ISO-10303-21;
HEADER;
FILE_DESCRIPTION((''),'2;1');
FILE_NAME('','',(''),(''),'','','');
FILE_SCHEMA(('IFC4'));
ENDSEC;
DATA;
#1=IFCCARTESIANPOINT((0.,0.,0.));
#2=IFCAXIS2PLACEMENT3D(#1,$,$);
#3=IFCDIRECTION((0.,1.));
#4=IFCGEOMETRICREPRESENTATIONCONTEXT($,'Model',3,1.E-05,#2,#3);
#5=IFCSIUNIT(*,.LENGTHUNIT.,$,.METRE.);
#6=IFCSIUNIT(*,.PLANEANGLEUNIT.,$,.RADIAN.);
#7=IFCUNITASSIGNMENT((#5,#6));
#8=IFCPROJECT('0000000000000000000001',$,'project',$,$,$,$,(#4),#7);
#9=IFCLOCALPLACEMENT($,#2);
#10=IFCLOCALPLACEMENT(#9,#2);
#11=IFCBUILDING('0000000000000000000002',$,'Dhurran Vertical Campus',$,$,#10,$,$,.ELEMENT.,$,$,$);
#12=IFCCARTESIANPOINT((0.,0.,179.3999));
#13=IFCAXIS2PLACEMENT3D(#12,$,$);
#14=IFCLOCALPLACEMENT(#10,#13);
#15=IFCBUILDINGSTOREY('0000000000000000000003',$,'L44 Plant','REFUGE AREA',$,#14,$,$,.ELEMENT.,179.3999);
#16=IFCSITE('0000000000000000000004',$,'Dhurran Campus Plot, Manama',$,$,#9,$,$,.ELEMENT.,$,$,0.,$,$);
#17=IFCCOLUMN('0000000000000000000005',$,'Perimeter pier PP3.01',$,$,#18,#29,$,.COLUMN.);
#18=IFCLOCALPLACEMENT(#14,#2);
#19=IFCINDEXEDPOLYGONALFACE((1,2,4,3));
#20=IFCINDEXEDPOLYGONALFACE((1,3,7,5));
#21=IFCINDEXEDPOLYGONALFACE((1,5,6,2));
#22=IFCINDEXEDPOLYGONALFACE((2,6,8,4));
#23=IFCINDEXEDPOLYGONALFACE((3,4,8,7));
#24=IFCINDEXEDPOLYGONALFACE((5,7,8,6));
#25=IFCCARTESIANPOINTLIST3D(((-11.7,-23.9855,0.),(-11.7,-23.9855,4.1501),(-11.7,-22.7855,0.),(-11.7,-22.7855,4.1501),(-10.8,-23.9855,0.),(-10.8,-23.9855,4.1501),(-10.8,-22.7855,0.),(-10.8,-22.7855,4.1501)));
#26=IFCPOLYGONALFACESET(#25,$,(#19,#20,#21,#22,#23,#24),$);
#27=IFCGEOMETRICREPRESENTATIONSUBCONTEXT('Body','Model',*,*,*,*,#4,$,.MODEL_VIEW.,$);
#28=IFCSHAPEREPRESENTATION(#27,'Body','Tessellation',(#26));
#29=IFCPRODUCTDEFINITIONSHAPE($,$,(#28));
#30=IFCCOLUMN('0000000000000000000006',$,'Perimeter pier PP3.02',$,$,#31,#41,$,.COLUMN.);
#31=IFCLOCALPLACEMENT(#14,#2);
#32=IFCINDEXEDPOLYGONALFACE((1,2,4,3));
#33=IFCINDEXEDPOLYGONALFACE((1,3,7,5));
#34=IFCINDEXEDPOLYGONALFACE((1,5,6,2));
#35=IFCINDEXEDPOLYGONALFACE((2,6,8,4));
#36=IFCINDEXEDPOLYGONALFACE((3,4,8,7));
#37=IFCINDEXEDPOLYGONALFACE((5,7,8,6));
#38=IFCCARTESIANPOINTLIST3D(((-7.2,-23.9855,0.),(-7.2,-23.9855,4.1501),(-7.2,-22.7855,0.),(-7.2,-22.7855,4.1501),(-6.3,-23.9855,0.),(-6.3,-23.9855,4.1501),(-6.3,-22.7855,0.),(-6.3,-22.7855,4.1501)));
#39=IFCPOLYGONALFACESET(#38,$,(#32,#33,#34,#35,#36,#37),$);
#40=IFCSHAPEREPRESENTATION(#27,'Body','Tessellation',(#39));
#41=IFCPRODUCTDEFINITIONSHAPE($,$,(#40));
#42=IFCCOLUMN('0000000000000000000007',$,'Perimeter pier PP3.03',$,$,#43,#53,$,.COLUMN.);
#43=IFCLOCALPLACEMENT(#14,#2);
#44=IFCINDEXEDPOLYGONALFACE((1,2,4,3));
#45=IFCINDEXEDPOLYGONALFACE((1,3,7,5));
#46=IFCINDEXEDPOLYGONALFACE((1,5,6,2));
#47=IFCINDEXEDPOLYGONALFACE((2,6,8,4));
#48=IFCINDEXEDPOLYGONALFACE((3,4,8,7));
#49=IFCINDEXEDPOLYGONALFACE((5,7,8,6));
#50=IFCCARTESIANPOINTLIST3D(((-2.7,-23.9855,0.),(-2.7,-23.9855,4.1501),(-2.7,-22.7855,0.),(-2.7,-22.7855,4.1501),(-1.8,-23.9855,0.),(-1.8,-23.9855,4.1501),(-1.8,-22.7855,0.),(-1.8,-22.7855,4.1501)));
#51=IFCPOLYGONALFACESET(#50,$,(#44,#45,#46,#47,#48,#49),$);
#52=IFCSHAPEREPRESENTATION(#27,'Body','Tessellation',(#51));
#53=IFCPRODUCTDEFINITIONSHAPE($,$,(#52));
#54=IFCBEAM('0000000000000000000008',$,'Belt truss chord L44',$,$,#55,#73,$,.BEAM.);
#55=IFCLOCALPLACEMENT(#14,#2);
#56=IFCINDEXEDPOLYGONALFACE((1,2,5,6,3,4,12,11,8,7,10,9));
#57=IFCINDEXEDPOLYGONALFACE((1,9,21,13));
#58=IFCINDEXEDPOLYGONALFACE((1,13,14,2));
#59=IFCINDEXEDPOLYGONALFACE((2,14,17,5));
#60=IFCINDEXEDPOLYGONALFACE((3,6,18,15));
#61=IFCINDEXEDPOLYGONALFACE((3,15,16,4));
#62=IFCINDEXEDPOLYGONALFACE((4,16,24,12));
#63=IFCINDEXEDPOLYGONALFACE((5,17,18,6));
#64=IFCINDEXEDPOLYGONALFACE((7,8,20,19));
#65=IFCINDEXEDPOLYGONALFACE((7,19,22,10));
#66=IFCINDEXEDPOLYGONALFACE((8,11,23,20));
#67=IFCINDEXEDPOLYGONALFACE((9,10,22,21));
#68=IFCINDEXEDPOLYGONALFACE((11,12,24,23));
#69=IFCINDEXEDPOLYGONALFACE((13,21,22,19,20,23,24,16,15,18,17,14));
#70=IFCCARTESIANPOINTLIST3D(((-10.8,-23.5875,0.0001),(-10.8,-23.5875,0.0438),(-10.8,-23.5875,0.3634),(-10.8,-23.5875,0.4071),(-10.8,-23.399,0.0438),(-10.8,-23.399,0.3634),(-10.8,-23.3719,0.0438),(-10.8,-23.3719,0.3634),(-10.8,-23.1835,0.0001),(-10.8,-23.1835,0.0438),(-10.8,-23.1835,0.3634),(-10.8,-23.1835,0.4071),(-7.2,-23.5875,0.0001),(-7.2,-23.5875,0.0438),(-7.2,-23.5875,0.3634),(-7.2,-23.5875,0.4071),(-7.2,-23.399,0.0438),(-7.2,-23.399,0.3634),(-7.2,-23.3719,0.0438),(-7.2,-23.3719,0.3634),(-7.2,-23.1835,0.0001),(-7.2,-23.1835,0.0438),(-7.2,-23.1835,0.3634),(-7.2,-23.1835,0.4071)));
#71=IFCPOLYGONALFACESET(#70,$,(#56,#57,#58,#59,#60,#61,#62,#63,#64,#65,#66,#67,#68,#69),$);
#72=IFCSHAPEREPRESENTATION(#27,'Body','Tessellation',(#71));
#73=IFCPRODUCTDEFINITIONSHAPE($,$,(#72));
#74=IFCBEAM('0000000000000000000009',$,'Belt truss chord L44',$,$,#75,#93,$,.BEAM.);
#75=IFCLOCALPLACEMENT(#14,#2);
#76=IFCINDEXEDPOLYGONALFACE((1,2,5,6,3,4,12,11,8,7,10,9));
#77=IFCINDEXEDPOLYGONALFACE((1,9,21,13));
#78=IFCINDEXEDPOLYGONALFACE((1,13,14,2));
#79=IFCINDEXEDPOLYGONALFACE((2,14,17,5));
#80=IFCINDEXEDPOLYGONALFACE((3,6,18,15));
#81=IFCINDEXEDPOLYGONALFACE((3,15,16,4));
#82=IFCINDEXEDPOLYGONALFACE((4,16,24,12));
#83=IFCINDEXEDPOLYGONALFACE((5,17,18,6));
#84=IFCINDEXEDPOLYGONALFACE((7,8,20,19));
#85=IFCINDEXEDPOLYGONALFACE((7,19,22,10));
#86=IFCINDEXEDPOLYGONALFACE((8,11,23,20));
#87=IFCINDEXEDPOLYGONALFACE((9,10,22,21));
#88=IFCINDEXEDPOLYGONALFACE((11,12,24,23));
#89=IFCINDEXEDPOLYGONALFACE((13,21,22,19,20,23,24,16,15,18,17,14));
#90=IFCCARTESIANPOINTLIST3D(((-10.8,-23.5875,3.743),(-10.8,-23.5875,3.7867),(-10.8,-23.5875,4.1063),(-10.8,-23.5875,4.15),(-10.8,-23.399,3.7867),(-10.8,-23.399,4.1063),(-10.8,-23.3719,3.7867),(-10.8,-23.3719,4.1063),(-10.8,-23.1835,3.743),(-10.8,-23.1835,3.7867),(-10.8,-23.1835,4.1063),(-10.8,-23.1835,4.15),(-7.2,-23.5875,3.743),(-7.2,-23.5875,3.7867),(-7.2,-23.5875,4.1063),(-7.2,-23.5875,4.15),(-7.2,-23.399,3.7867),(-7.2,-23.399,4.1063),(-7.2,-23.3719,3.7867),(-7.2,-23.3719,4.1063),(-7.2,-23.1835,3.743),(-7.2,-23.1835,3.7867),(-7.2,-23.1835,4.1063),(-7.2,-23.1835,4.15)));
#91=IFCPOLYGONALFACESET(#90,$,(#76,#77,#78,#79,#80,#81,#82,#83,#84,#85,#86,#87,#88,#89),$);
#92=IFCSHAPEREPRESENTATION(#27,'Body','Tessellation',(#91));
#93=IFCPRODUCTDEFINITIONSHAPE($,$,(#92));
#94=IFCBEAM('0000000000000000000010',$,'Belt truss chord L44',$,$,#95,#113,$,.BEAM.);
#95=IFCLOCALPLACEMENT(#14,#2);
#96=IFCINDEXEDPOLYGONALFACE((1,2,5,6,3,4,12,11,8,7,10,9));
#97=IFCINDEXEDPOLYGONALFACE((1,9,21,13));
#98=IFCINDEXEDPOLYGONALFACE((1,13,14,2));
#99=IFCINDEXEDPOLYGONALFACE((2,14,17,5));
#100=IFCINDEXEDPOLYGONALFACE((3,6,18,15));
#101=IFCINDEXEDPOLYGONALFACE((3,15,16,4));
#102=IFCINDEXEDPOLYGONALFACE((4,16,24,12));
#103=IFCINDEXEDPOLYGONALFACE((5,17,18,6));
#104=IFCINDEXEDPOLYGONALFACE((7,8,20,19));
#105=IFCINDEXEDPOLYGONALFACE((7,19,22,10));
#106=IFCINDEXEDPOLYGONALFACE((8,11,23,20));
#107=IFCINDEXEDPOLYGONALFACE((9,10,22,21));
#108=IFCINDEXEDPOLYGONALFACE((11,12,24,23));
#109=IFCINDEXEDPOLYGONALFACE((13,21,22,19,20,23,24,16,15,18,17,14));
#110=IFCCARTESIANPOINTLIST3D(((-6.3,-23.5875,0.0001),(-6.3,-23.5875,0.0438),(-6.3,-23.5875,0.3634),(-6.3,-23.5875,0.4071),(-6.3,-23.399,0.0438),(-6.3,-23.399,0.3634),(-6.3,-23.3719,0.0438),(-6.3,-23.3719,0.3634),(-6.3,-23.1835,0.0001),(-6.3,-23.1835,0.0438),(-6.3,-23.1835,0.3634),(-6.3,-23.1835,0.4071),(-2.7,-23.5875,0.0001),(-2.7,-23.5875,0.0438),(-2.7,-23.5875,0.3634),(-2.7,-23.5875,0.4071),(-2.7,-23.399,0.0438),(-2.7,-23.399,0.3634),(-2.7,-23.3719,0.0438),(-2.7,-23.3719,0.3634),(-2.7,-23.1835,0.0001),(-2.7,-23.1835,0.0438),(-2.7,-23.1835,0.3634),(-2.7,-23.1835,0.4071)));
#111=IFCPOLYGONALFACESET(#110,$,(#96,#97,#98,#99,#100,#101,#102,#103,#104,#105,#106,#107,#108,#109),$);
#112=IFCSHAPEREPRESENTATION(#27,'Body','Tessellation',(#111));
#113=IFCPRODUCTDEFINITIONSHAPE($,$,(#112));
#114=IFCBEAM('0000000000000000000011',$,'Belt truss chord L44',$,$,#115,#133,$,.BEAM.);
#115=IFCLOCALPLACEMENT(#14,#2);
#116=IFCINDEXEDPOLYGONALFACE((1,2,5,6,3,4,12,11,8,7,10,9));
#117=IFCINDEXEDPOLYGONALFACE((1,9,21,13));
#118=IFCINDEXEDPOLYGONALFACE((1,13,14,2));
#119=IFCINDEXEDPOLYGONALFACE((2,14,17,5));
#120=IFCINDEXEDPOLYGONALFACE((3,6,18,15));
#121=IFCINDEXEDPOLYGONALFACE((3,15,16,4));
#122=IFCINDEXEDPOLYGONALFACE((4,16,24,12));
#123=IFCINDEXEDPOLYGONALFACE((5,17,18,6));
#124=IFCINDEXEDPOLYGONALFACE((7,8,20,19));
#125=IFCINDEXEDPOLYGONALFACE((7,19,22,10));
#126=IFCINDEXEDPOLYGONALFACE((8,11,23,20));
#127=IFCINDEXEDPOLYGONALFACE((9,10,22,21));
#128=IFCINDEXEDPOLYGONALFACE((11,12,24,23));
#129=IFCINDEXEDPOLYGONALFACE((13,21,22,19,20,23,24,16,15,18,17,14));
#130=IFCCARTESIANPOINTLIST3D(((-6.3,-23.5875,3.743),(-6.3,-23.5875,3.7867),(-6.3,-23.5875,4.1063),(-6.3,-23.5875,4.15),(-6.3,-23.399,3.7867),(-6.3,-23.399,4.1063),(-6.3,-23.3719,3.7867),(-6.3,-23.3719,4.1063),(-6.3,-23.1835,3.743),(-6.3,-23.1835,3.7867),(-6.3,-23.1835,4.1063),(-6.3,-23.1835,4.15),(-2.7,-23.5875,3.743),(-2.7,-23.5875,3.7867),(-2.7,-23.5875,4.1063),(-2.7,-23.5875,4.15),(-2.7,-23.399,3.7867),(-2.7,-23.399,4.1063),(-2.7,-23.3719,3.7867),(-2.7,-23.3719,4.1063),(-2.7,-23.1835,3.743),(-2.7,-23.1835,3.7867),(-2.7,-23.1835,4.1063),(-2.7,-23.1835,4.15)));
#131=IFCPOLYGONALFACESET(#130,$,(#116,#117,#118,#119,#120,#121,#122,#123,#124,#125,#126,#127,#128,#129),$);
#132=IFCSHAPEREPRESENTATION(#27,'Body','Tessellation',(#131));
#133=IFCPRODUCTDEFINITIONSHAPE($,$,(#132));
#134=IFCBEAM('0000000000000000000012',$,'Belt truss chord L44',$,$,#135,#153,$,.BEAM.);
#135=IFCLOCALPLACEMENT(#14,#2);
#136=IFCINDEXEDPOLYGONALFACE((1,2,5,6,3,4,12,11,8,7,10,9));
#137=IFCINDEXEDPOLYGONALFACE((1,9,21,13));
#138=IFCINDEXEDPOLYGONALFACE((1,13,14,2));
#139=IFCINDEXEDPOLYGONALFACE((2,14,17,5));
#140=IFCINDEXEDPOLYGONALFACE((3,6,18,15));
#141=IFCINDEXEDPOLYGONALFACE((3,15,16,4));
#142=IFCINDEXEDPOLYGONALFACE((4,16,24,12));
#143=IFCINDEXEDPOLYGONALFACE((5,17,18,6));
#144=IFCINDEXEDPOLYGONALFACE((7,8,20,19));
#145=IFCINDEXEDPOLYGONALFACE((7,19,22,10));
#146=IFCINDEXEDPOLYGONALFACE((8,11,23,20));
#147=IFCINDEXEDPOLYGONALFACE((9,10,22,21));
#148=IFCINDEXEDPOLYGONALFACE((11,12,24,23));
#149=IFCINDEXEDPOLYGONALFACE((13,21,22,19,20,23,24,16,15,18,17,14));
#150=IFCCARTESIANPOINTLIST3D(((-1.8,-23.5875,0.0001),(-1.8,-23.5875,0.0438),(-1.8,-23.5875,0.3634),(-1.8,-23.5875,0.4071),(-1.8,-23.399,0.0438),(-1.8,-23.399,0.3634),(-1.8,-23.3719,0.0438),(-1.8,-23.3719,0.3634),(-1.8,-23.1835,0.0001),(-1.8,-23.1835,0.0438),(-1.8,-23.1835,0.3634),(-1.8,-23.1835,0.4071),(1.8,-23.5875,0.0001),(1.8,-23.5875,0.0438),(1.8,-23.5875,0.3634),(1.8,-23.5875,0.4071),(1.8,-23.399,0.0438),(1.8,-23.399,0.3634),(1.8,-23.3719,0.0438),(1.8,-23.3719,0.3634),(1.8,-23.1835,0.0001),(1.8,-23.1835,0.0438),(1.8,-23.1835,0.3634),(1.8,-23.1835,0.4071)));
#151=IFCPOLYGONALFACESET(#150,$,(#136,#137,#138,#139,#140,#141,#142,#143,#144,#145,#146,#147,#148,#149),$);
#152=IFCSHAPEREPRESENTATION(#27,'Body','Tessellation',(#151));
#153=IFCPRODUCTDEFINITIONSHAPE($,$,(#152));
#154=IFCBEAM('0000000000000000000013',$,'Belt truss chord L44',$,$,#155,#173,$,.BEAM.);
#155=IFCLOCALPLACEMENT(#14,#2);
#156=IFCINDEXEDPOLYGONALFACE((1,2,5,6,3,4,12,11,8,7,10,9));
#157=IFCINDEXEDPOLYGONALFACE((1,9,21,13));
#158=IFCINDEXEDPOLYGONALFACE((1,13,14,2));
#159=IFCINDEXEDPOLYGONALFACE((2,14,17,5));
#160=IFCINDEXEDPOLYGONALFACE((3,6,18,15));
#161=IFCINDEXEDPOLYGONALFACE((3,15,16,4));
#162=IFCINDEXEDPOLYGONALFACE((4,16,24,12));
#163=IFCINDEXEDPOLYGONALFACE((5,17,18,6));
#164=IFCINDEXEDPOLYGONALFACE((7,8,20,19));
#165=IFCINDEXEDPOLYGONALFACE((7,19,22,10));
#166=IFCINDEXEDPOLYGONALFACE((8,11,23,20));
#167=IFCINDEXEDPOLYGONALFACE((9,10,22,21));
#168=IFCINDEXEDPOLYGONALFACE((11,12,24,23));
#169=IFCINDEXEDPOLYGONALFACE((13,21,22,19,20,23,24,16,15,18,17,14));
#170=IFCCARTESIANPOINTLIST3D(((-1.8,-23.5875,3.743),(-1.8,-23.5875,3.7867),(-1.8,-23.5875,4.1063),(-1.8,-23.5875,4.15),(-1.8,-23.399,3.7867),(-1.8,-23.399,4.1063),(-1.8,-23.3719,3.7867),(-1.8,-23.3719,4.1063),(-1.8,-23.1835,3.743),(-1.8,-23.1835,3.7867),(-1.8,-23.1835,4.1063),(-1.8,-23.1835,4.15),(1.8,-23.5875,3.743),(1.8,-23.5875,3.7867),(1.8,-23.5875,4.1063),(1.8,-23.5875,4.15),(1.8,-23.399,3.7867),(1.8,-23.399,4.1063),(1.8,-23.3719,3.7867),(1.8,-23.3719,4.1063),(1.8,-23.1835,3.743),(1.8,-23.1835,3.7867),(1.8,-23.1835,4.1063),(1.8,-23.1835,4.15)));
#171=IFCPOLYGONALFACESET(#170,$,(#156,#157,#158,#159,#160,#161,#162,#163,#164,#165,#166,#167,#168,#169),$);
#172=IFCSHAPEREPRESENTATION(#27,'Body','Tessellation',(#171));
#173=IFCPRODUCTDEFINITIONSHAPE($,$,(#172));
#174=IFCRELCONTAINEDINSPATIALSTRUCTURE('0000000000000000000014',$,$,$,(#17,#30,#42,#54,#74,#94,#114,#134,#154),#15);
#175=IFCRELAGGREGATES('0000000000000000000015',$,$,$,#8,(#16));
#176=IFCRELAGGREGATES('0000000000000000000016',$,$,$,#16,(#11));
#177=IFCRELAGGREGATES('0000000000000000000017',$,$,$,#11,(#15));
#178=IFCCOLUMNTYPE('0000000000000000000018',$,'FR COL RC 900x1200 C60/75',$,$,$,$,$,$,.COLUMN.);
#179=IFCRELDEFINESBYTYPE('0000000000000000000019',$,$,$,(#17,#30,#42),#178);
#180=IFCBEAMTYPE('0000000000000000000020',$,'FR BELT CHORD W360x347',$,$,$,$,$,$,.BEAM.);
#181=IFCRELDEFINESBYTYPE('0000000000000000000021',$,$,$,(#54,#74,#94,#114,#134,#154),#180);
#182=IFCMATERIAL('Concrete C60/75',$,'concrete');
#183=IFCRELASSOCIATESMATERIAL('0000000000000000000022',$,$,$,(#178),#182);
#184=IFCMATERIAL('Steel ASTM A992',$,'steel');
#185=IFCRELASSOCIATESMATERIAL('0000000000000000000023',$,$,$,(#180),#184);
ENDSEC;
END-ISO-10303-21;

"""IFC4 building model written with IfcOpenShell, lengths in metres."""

from ifc_helpers import new_model, si_unit, direction, frame, origin, origin_2d, place, context, subcontext, project, spatial, rectangle, i_section, extrude, material, material_profile, profile_set, type_object, element, save


model = new_model("IFC4")

# Units and contexts
model_context = context("Model", 3, precision=1e-05, world=origin(), true_north=direction((0.0, 1.0)))
body_context = subcontext(model_context, "Body", "Model", "MODEL_VIEW")
ifc_project = project(units=[si_unit("LENGTHUNIT", "METRE"), si_unit("PLANEANGLEUNIT", "RADIAN")], contexts=[model_context])

# Site, building, storey
site_placement = place(None, origin())
site = spatial("IfcSite", under=ifc_project, at=site_placement, Name="Dhurran Campus Plot, Manama", CompositionType="ELEMENT", RefElevation=0.0)
building_placement = place(site_placement, origin())
building = spatial("IfcBuilding", under=site, at=building_placement, Name="Dhurran Vertical Campus", CompositionType="ELEMENT")
storey_placement = place(building_placement, frame((0.0, 0.0, 179.3999)))
storey = spatial("IfcBuildingStorey", under=building, at=storey_placement, Name="L44 Plant", Description="REFUGE AREA", CompositionType="ELEMENT", Elevation=179.3999)

# Columns
ifc_material_1 = material(Name="Concrete C60/75", Category="concrete")
ifc_material_profile_1 = material_profile(ifc_material_1, rectangle(XDim=0.8999, YDim=1.2, at=origin_2d()), Name="RC 900x1200")
ifc_profile_set_1 = profile_set([ifc_material_profile_1], Name="Concrete C60/75")
column_type = type_object("IfcColumnType", Name="FR COL RC 900x1200 C60/75", PredefinedType="COLUMN", material=ifc_profile_set_1)
for number, where, z_axis, x_axis, name in (
    (1, (-11.25, -23.3855, 0.0), (0.0, 0.0, 1.0), (1.0, 0.0, 0.0), "Perimeter pier PP3.01"),
    (2, (-6.75, -23.3855, 0.0), (0.0, 0.0, 1.0), (1.0, 0.0, 0.0), "Perimeter pier PP3.02"),
    (3, (-2.25, -23.3855, 0.0), (0.0, 0.0, 1.0), (1.0, 0.0, 0.0), "Perimeter pier PP3.03"),
):
    element("IfcColumn", number, at=place(storey_placement, frame(where, z_axis=z_axis, x_axis=x_axis)), inside=storey, type_object=column_type, Name=name, PredefinedType="COLUMN", context=body_context, shape_type="SweptSolid", body=[
        extrude(rectangle(XDim=0.8999, YDim=1.2, at=origin_2d()), origin(), (0.0, 0.0, 1.0), 4.1501),
    ])

# Beams
ifc_material_2 = material(Name="Steel ASTM A992", Category="steel")
ifc_material_profile_2 = material_profile(ifc_material_2, i_section(OverallWidth=0.4041, OverallDepth=0.407, WebThickness=0.0271, FlangeThickness=0.0437, at=origin_2d()), Name="W360x347")
ifc_profile_set_2 = profile_set([ifc_material_profile_2], Name="Steel ASTM A992")
beam_type = type_object("IfcBeamType", Name="FR BELT CHORD W360x347", PredefinedType="BEAM", material=ifc_profile_set_2)
for number, where, z_axis, x_axis, name in (
    (4, (-10.8, -23.3855, 0.2036), (1.0, 0.0, 0.0), (0.0, 1.0, 0.0), "Belt truss chord L44"),
    (5, (-10.8, -23.3855, 3.9465), (1.0, 0.0, 0.0), (0.0, 1.0, 0.0), "Belt truss chord L44"),
    (6, (-6.3, -23.3855, 0.2036), (1.0, 0.0, 0.0), (0.0, 1.0, 0.0), "Belt truss chord L44"),
    (7, (-6.3, -23.3855, 3.9465), (1.0, 0.0, 0.0), (0.0, 1.0, 0.0), "Belt truss chord L44"),
    (8, (-1.8, -23.3855, 0.2036), (1.0, 0.0, 0.0), (0.0, 1.0, 0.0), "Belt truss chord L44"),
    (9, (-1.8, -23.3855, 3.9465), (1.0, 0.0, 0.0), (0.0, 1.0, 0.0), "Belt truss chord L44"),
):
    element("IfcBeam", number, at=place(storey_placement, frame(where, z_axis=z_axis, x_axis=x_axis)), inside=storey, type_object=beam_type, Name=name, PredefinedType="BEAM", context=body_context, shape_type="SweptSolid", body=[
        extrude(i_section(OverallWidth=0.4041, OverallDepth=0.407, WebThickness=0.0271, FlangeThickness=0.0437, at=origin_2d()), origin(), (0.0, 0.0, 1.0), 3.6001),
    ])

save(model, "model.ifc")
